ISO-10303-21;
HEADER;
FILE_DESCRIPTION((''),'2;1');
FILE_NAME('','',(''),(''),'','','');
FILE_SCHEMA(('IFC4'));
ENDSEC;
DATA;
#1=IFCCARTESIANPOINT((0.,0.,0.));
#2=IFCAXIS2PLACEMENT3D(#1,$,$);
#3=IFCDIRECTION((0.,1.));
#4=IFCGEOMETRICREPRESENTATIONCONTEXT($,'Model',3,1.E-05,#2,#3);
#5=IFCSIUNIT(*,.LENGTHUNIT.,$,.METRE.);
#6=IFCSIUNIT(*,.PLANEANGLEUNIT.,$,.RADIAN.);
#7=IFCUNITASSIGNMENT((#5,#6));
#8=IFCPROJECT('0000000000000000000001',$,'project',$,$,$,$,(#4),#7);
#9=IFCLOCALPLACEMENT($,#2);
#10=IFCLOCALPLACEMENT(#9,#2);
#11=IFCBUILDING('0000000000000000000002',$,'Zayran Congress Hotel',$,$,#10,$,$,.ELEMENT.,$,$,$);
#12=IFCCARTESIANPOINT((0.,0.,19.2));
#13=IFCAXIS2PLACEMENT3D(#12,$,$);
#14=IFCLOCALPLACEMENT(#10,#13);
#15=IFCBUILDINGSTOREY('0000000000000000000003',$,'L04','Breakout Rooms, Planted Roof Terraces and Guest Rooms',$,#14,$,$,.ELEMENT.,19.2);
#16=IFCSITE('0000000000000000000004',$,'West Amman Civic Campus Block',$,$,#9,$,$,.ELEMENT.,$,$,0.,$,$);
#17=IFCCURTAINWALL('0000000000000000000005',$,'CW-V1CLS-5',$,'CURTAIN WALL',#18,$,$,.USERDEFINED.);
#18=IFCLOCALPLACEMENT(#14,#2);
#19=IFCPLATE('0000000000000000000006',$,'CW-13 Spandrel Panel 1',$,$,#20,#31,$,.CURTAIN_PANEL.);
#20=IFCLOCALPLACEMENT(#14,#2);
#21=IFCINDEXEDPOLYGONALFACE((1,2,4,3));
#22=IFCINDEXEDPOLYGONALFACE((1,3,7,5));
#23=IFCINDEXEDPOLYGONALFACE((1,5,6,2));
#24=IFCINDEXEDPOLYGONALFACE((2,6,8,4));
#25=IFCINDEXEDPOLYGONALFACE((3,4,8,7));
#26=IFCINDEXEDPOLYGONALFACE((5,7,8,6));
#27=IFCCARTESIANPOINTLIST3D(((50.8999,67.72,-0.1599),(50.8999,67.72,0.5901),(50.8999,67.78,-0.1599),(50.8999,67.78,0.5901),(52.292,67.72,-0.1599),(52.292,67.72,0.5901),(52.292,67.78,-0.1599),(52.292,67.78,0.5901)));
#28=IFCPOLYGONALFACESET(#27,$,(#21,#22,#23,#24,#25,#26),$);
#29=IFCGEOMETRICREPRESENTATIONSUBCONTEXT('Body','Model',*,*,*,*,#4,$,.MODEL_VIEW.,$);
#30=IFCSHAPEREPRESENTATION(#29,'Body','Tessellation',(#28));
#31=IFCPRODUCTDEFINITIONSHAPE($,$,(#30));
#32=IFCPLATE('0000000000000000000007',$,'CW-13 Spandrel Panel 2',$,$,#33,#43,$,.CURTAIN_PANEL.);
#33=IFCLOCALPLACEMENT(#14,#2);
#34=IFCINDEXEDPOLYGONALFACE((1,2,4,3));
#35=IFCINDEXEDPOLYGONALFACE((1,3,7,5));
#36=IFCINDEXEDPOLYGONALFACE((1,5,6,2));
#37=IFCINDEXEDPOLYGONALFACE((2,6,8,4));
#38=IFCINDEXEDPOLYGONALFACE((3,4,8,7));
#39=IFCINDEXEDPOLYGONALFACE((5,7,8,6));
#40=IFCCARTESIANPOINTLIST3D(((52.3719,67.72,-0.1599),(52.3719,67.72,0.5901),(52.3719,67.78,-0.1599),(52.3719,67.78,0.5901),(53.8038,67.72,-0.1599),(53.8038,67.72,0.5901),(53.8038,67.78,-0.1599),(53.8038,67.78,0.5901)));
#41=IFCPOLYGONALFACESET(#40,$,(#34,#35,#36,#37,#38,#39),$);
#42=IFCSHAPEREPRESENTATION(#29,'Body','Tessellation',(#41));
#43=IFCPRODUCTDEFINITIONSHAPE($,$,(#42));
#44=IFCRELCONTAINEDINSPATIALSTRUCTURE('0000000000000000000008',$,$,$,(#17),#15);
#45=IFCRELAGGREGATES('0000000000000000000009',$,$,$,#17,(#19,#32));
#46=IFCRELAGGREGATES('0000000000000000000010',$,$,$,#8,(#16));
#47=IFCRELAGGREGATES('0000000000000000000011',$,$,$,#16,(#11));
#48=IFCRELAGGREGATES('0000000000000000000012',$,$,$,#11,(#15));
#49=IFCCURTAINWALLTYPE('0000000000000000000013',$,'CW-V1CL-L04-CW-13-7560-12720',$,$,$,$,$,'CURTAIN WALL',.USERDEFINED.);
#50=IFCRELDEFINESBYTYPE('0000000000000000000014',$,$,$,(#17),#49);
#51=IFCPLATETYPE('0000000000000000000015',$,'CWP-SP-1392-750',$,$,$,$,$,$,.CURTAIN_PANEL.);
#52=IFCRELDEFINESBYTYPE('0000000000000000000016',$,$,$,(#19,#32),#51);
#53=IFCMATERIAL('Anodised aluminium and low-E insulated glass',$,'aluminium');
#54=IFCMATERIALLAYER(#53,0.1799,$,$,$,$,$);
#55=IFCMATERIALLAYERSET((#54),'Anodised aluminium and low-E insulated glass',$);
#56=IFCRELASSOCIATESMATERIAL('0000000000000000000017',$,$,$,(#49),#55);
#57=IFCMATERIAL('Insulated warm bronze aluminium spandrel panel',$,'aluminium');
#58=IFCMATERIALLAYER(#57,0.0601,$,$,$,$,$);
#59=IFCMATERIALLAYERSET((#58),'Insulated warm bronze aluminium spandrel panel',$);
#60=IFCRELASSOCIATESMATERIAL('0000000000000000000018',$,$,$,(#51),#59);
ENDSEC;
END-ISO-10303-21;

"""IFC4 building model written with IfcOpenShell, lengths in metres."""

from ifc_helpers import new_model, si_unit, direction, frame, origin, origin_2d, place, context, subcontext, project, spatial, rectangle, extrude, material, layer, layer_set, type_object, element, aggregate, save


model = new_model("IFC4")

# Units and contexts
model_context = context("Model", 3, precision=1e-05, world=origin(), true_north=direction((0.0, 1.0)))
body_context = subcontext(model_context, "Body", "Model", "MODEL_VIEW")
ifc_project = project(units=[si_unit("LENGTHUNIT", "METRE"), si_unit("PLANEANGLEUNIT", "RADIAN")], contexts=[model_context])

# Site, building, storey
site_placement = place(None, origin())
site = spatial("IfcSite", under=ifc_project, at=site_placement, Name="West Amman Civic Campus Block", CompositionType="ELEMENT", RefElevation=0.0)
building_placement = place(site_placement, origin())
building = spatial("IfcBuilding", under=site, at=building_placement, Name="Zayran Congress Hotel", CompositionType="ELEMENT")
storey_placement = place(building_placement, frame((0.0, 0.0, 19.2)))
storey = spatial("IfcBuildingStorey", under=building, at=storey_placement, Name="L04", Description="Breakout Rooms, Planted Roof Terraces and Guest Rooms", CompositionType="ELEMENT", Elevation=19.2)

# Curtain wall
ifc_material_1 = material(Name="Anodised aluminium and low-E insulated glass", Category="aluminium")
ifc_layer_1 = layer(ifc_material_1, 0.1799)
ifc_layer_set_1 = layer_set([ifc_layer_1], Name="Anodised aluminium and low-E insulated glass")
curtain_wall_type_1 = type_object("IfcCurtainWallType", Name="CW-V1CL-L04-CW-13-7560-12720", ElementType="CURTAIN WALL", PredefinedType="USERDEFINED", material=ifc_layer_set_1)
curtain_wall_1_placement = place(storey_placement, origin())
curtain_wall_1 = element("IfcCurtainWall", 1, at=curtain_wall_1_placement, inside=storey, type_object=curtain_wall_type_1, Name="CW-V1CLS-5", ObjectType="CURTAIN WALL", PredefinedType="USERDEFINED")

# Plates
ifc_material_2 = material(Name="Insulated warm bronze aluminium spandrel panel", Category="aluminium")
ifc_layer_2 = layer(ifc_material_2, 0.0601)
ifc_layer_set_2 = layer_set([ifc_layer_2], Name="Insulated warm bronze aluminium spandrel panel")
plate_type = type_object("IfcPlateType", Name="CWP-SP-1392-750", PredefinedType="CURTAIN_PANEL", material=ifc_layer_set_2)
plate_1_placement = place(storey_placement, frame((51.5959, 67.75, -0.1599), z_axis=(0.0, 0.0, 1.0), x_axis=(1.0, 0.0, 0.0)))
plate_1 = element("IfcPlate", 2, at=plate_1_placement, type_object=plate_type, Name="CW-13 Spandrel Panel 1", PredefinedType="CURTAIN_PANEL", context=body_context, shape_type="SweptSolid", body=[
    extrude(rectangle(XDim=1.3921, YDim=0.0601, at=origin_2d()), origin(), (0.0, 0.0, 1.0), 0.75),
])
plate_2_placement = place(storey_placement, frame((53.0879, 67.75, -0.1599), z_axis=(0.0, 0.0, 1.0), x_axis=(1.0, 0.0, 0.0)))
plate_2 = element("IfcPlate", 3, at=plate_2_placement, type_object=plate_type, Name="CW-13 Spandrel Panel 2", PredefinedType="CURTAIN_PANEL", context=body_context, shape_type="SweptSolid", body=[
    extrude(rectangle(XDim=1.4319, YDim=0.0601, at=origin_2d()), origin(), (0.0, 0.0, 1.0), 0.75),
])
aggregate(curtain_wall_1, [plate_1, plate_2])

save(model, "model.ifc")
